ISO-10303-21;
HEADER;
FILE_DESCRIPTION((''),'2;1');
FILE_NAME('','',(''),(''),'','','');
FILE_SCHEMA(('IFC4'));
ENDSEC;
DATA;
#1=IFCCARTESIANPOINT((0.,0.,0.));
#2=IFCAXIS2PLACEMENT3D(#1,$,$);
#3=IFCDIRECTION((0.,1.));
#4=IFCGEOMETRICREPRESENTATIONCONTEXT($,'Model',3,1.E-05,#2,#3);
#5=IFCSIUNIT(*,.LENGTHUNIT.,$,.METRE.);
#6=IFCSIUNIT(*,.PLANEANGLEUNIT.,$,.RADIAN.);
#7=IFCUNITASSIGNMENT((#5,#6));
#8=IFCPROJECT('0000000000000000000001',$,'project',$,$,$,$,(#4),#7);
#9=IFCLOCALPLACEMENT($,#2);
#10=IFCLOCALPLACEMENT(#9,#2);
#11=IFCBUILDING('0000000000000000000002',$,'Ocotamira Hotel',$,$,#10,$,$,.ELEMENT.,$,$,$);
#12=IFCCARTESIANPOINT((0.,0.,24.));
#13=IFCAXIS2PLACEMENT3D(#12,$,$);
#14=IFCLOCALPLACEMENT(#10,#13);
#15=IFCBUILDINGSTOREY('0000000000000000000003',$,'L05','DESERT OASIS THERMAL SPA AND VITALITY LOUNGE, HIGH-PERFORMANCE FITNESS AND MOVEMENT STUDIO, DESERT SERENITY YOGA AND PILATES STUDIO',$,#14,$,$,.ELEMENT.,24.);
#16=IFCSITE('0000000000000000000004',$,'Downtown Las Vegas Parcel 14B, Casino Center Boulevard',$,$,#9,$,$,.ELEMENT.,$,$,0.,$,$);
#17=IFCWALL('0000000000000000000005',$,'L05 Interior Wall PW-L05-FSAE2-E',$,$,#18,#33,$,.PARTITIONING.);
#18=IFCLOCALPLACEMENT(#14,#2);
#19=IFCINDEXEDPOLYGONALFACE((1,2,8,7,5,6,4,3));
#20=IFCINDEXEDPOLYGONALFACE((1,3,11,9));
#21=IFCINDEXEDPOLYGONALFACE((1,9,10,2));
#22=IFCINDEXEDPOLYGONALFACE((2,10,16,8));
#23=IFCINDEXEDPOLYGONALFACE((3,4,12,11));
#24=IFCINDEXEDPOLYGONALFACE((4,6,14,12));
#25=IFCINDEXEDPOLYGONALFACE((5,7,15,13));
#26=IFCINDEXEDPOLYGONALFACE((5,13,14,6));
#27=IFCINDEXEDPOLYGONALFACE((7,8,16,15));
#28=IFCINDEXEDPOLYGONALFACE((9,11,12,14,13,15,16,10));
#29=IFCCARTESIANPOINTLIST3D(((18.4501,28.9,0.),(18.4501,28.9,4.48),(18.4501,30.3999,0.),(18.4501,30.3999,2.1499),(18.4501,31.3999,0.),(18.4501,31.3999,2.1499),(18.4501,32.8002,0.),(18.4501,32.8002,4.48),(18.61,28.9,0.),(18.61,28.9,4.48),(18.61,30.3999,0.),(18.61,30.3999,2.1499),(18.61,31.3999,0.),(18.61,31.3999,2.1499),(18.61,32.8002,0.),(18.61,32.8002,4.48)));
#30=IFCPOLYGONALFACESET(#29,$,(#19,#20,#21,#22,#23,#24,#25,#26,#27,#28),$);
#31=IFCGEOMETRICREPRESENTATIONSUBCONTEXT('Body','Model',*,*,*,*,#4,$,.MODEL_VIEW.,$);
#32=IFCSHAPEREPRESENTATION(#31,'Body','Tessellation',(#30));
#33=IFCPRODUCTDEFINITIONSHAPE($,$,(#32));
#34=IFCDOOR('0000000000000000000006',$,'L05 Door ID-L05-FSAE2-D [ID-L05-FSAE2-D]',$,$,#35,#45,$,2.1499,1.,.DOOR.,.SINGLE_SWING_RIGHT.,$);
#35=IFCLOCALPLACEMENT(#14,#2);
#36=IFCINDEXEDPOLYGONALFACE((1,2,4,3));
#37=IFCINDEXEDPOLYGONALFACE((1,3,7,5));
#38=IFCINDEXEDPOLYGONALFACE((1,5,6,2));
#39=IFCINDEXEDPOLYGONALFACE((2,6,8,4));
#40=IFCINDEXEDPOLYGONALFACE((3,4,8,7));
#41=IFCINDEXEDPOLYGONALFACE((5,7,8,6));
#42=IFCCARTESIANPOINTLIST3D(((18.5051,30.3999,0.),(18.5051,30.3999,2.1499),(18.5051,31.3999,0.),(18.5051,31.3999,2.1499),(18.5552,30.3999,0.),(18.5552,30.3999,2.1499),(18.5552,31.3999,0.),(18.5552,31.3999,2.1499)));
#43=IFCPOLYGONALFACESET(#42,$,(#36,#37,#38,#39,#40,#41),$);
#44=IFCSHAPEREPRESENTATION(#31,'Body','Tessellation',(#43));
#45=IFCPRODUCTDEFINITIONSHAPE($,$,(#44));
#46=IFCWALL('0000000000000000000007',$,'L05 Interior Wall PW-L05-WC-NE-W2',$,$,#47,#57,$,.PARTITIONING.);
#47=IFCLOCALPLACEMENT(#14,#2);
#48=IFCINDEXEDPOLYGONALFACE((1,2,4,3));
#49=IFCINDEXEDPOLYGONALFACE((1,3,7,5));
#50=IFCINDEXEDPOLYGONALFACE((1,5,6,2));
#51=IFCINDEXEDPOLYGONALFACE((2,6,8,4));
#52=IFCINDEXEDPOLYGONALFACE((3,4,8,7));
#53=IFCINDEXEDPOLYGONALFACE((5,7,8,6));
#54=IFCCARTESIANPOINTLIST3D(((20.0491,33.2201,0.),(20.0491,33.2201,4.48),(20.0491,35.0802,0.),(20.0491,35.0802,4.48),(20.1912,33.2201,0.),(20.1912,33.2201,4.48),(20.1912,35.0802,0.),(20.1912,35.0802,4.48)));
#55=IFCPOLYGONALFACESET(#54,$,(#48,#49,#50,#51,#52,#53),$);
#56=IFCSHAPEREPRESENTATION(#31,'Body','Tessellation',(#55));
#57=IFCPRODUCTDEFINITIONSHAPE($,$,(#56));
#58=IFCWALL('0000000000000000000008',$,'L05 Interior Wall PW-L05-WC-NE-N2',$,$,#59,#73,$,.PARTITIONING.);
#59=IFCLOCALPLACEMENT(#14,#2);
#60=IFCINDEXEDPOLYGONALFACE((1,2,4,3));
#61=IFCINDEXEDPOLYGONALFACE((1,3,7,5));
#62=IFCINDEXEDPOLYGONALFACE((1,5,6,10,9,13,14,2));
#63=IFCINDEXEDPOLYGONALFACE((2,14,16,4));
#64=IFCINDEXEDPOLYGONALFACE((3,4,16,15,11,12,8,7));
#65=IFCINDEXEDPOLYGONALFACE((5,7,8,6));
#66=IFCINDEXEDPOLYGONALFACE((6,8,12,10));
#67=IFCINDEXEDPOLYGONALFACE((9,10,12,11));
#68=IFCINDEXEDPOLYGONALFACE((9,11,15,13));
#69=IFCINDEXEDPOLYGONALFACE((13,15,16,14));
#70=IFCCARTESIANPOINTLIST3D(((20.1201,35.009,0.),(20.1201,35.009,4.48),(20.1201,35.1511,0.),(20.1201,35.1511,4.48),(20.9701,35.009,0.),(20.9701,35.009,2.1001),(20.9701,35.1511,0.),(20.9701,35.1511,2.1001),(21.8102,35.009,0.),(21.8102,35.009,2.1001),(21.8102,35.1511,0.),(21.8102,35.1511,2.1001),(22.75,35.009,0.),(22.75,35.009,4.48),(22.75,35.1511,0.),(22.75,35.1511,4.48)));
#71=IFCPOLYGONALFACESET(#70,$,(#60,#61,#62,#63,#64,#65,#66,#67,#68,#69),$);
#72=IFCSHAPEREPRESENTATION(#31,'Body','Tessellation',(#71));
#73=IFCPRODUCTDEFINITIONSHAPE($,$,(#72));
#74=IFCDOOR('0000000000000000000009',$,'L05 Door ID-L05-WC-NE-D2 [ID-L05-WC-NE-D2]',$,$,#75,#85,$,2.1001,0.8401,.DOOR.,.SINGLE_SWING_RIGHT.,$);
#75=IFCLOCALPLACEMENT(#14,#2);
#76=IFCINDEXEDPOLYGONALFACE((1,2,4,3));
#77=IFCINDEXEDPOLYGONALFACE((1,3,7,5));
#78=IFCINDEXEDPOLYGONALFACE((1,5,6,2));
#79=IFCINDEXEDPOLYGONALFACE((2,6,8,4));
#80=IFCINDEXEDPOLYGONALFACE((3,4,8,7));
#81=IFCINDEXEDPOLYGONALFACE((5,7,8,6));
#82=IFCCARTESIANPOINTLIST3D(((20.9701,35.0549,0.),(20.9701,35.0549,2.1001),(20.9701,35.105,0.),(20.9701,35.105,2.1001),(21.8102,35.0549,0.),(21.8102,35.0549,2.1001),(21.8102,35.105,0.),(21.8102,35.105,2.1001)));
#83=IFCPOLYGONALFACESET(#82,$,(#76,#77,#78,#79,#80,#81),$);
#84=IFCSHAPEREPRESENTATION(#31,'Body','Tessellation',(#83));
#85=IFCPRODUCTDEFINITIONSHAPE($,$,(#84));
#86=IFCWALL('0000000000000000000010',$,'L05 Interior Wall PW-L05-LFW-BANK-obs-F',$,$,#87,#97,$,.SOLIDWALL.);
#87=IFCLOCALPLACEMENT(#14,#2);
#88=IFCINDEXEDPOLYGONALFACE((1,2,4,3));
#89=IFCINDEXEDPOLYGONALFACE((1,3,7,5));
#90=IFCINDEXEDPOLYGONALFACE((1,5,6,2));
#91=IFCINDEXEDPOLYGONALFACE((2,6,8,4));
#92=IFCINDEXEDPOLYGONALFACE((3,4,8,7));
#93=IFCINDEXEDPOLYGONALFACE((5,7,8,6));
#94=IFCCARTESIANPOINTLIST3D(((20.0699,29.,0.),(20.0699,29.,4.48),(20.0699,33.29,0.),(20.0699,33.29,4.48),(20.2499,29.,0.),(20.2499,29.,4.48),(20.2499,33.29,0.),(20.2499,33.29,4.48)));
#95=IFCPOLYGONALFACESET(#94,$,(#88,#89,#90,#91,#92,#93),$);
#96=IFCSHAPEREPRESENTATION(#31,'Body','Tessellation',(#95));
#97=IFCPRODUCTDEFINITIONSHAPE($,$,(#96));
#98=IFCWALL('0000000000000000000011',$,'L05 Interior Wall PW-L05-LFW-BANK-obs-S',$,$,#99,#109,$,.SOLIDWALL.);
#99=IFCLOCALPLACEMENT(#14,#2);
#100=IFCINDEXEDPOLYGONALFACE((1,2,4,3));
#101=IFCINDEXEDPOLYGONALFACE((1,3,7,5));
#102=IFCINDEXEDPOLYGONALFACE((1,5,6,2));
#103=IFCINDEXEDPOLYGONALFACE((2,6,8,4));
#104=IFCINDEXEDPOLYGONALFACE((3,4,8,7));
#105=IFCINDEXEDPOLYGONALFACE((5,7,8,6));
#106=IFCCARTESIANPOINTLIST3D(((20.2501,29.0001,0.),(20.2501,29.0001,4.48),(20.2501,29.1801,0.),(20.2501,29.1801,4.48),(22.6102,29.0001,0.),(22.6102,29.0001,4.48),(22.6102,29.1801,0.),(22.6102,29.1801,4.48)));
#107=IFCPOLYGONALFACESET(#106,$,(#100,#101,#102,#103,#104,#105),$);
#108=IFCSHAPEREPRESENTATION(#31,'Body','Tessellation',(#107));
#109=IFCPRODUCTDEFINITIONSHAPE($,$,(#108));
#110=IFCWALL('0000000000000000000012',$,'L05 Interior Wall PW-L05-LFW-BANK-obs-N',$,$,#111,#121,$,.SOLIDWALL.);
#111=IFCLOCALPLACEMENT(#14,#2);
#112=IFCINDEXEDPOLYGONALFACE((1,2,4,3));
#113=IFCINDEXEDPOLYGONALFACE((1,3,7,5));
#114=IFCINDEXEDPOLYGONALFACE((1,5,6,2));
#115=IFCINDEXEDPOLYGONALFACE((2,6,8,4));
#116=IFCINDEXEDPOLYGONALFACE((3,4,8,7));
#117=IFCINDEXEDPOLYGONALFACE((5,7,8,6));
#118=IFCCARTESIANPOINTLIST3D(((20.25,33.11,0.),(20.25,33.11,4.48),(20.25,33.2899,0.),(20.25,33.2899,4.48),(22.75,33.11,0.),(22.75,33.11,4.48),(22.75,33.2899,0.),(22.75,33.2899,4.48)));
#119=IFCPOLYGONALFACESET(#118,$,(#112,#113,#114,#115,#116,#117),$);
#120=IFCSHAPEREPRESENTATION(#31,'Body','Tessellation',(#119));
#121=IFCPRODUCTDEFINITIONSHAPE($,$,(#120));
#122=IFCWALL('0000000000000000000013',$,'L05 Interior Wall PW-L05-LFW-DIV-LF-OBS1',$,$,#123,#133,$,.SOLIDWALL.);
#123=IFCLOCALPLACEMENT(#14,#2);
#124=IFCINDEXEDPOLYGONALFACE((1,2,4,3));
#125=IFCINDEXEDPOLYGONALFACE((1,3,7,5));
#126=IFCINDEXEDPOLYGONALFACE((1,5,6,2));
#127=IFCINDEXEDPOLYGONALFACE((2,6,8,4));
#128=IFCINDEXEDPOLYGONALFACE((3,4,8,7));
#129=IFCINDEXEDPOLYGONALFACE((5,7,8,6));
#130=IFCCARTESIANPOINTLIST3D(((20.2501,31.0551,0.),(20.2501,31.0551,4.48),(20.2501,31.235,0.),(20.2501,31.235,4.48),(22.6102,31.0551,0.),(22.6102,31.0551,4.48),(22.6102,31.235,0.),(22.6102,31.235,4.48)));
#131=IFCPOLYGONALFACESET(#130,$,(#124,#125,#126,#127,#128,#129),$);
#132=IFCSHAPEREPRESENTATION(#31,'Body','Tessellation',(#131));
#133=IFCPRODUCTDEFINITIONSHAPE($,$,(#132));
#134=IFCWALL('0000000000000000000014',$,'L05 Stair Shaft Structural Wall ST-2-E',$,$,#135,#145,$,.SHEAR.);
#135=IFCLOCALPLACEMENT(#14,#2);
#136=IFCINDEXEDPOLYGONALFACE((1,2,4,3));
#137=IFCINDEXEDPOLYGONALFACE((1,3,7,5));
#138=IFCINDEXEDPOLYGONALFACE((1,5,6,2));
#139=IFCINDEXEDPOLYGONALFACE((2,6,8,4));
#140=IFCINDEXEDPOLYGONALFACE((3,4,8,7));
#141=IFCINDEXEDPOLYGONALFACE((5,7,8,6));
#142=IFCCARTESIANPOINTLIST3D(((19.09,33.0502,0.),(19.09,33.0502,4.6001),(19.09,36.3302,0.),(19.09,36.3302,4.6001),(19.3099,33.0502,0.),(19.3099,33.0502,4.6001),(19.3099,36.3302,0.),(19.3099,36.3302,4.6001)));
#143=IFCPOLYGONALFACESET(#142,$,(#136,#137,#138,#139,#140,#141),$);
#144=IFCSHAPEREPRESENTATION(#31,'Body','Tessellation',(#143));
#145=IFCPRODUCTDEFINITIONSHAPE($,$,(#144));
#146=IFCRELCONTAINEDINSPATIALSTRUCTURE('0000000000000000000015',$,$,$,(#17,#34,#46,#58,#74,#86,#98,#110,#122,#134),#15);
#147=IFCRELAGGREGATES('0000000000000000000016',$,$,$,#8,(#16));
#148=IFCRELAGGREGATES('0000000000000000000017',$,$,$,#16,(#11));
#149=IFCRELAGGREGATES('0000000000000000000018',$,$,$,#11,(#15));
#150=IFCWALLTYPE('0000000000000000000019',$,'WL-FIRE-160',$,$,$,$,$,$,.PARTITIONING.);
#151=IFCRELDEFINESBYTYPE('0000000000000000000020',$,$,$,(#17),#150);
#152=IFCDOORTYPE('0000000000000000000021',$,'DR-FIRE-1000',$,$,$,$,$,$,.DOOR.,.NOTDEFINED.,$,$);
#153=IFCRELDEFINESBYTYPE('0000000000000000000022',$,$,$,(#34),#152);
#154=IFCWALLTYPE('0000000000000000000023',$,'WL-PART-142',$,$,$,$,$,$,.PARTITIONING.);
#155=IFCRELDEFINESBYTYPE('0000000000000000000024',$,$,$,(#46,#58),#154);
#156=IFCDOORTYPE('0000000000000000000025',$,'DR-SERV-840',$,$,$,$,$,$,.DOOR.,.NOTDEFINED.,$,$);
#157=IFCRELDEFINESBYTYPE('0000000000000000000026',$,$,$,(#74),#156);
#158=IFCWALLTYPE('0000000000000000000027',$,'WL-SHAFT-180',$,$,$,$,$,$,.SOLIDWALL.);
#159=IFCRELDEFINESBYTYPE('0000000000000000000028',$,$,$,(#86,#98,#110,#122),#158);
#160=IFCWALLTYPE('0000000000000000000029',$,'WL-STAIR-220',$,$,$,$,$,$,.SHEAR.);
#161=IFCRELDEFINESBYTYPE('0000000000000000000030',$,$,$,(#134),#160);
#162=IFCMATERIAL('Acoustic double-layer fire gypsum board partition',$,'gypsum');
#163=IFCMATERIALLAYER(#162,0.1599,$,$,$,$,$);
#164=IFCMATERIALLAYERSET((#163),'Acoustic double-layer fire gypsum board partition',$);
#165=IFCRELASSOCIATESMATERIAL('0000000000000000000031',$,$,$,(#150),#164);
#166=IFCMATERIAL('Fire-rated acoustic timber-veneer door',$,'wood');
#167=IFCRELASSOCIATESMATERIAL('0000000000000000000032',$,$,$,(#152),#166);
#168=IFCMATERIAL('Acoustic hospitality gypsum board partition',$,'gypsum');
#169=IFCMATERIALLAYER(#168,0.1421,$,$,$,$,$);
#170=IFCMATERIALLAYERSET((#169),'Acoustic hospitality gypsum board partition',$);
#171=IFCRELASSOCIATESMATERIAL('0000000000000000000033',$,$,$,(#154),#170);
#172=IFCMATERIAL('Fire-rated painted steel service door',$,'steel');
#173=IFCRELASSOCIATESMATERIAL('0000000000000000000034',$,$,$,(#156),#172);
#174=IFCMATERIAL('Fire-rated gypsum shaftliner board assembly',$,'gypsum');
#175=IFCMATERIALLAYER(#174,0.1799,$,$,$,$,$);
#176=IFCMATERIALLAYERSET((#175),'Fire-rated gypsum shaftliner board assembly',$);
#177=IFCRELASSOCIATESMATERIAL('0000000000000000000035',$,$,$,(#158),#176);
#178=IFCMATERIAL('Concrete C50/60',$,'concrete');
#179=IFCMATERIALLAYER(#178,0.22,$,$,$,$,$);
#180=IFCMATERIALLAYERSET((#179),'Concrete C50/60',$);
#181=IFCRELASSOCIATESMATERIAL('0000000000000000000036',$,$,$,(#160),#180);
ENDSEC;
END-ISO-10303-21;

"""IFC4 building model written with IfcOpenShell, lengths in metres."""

from ifc_helpers import new_model, si_unit, direction, frame, frame_2d, origin, place, context, subcontext, project, spatial, rectangle, extrude, source, transform, mapped, material, layer, layer_set, type_object, element, fill, save


model = new_model("IFC4")

# Units and contexts
model_context = context("Model", 3, precision=1e-05, world=origin(), true_north=direction((0.0, 1.0)))
body_context = subcontext(model_context, "Body", "Model", "MODEL_VIEW")
ifc_project = project(units=[si_unit("LENGTHUNIT", "METRE"), si_unit("PLANEANGLEUNIT", "RADIAN")], contexts=[model_context])

# Site, building, storey
site_placement = place(None, origin())
site = spatial("IfcSite", under=ifc_project, at=site_placement, Name="Downtown Las Vegas Parcel 14B, Casino Center Boulevard", CompositionType="ELEMENT", RefElevation=0.0)
building_placement = place(site_placement, origin())
building = spatial("IfcBuilding", under=site, at=building_placement, Name="Ocotamira Hotel", CompositionType="ELEMENT")
storey_placement = place(building_placement, frame((0.0, 0.0, 24.0)))
storey = spatial("IfcBuildingStorey", under=building, at=storey_placement, Name="L05", Description="DESERT OASIS THERMAL SPA AND VITALITY LOUNGE, HIGH-PERFORMANCE FITNESS AND MOVEMENT STUDIO, DESERT SERENITY YOGA AND PILATES STUDIO", CompositionType="ELEMENT", Elevation=24.0)

# Wall, opening, door
ifc_material_1 = material(Name="Acoustic double-layer fire gypsum board partition", Category="gypsum")
ifc_layer_1 = layer(ifc_material_1, 0.1599)
ifc_layer_set_1 = layer_set([ifc_layer_1], Name="Acoustic double-layer fire gypsum board partition")
wall_type_1 = type_object("IfcWallType", Name="WL-FIRE-160", PredefinedType="PARTITIONING", material=ifc_layer_set_1)
wall_1_placement = place(storey_placement, frame((18.53, 28.8999, 0.0), z_axis=(0.0, 0.0, 1.0), x_axis=(0.0, 1.0, 0.0)))
wall_1 = element("IfcWall", 1, at=wall_1_placement, inside=storey, type_object=wall_type_1, Name="L05 Interior Wall PW-L05-FSAE2-E", PredefinedType="PARTITIONING", context=body_context, shape_type="SweptSolid", body=[
    extrude(rectangle(XDim=3.9001, YDim=0.1599, at=frame_2d((1.9502, 0.0))), origin(), (0.0, 0.0, 1.0), 4.48),
])
opening_1_placement = place(wall_1_placement, frame((1.5, 0.0, 0.0)))
opening_1 = element("IfcOpeningElement", 2, at=opening_1_placement, cuts=wall_1, PredefinedType="OPENING", context=body_context, shape_type="SweptSolid", body=[
    extrude(rectangle(XDim=1.0, YDim=2.1499, at=frame_2d((0.5, 1.075))), frame((0.0, 0.0898, 0.0), z_axis=(0.0, -1.0, 0.0), x_axis=(1.0, 0.0, 0.0)), (0.0, 0.0, 1.0), 0.1799),
])
ifc_material_2 = material(Name="Fire-rated acoustic timber-veneer door", Category="wood")
door_type_1 = type_object("IfcDoorType", Name="DR-FIRE-1000", OperationType="NOTDEFINED", PredefinedType="DOOR", material=ifc_material_2)
shared_shape_1 = source(origin(), body_context, "Body", "SweptSolid", [
    extrude(rectangle(XDim=1.0, YDim=2.1499, at=frame_2d((0.5, 1.075))), frame((0.0, 0.0249, 0.0), z_axis=(0.0, -1.0, 0.0), x_axis=(1.0, 0.0, 0.0)), (0.0, 0.0, 1.0), 0.05),
])
door_1_placement = place(opening_1_placement, origin())
door_1 = element("IfcDoor", 3, at=door_1_placement, inside=storey, type_object=door_type_1, Name="L05 Door ID-L05-FSAE2-D [ID-L05-FSAE2-D]", OperationType="SINGLE_SWING_RIGHT", OverallHeight=2.1499, OverallWidth=1.0, PredefinedType="DOOR", context=body_context, shape_type="MappedRepresentation", body=[
    mapped(shared_shape_1, transform((0.0, 0.0, 0.0), scale=1.0)),
])
fill(opening_1, door_1)

# Wall
ifc_material_3 = material(Name="Acoustic hospitality gypsum board partition", Category="gypsum")
ifc_layer_2 = layer(ifc_material_3, 0.1421)
ifc_layer_set_2 = layer_set([ifc_layer_2], Name="Acoustic hospitality gypsum board partition")
wall_type_2 = type_object("IfcWallType", Name="WL-PART-142", PredefinedType="PARTITIONING", material=ifc_layer_set_2)
wall_2_placement = place(storey_placement, frame((20.1201, 33.22, 0.0), z_axis=(0.0, 0.0, 1.0), x_axis=(0.0, 1.0, 0.0)))
element("IfcWall", 4, at=wall_2_placement, inside=storey, type_object=wall_type_2, Name="L05 Interior Wall PW-L05-WC-NE-W2", PredefinedType="PARTITIONING", context=body_context, shape_type="SweptSolid", body=[
    extrude(rectangle(XDim=1.8601, YDim=0.1421, at=frame_2d((0.9302, 0.0))), origin(), (0.0, 0.0, 1.0), 4.48),
])

# Wall, opening, door
wall_3_placement = place(storey_placement, frame((20.1201, 35.0801, 0.0), z_axis=(0.0, 0.0, 1.0), x_axis=(1.0, 0.0, 0.0)))
wall_3 = element("IfcWall", 5, at=wall_3_placement, inside=storey, type_object=wall_type_2, Name="L05 Interior Wall PW-L05-WC-NE-N2", PredefinedType="PARTITIONING", context=body_context, shape_type="SweptSolid", body=[
    extrude(rectangle(XDim=2.6299, YDim=0.1421, at=frame_2d((1.3149, 0.0))), origin(), (0.0, 0.0, 1.0), 4.48),
])
opening_2_placement = place(wall_3_placement, frame((0.8501, 0.0, 0.0)))
opening_2 = element("IfcOpeningElement", 6, at=opening_2_placement, cuts=wall_3, PredefinedType="OPENING", context=body_context, shape_type="SweptSolid", body=[
    extrude(rectangle(XDim=0.8401, YDim=2.1001, at=frame_2d((0.4199, 1.05))), frame((0.0, 0.0811, 0.0), z_axis=(0.0, -1.0, 0.0), x_axis=(1.0, 0.0, 0.0)), (0.0, 0.0, 1.0), 0.1621),
])
ifc_material_4 = material(Name="Fire-rated painted steel service door", Category="steel")
door_type_2 = type_object("IfcDoorType", Name="DR-SERV-840", OperationType="NOTDEFINED", PredefinedType="DOOR", material=ifc_material_4)
shared_shape_2 = source(origin(), body_context, "Body", "SweptSolid", [
    extrude(rectangle(XDim=0.8401, YDim=2.1001, at=frame_2d((0.4199, 1.05))), frame((0.0, 0.0249, 0.0), z_axis=(0.0, -1.0, 0.0), x_axis=(1.0, 0.0, 0.0)), (0.0, 0.0, 1.0), 0.05),
])
door_2_placement = place(opening_2_placement, origin())
door_2 = element("IfcDoor", 7, at=door_2_placement, inside=storey, type_object=door_type_2, Name="L05 Door ID-L05-WC-NE-D2 [ID-L05-WC-NE-D2]", OperationType="SINGLE_SWING_RIGHT", OverallHeight=2.1001, OverallWidth=0.8401, PredefinedType="DOOR", context=body_context, shape_type="MappedRepresentation", body=[
    mapped(shared_shape_2, transform((0.0, 0.0, 0.0), scale=1.0)),
])
fill(opening_2, door_2)

# Walls
ifc_material_5 = material(Name="Fire-rated gypsum shaftliner board assembly", Category="gypsum")
ifc_layer_3 = layer(ifc_material_5, 0.1799)
ifc_layer_set_3 = layer_set([ifc_layer_3], Name="Fire-rated gypsum shaftliner board assembly")
wall_type_3 = type_object("IfcWallType", Name="WL-SHAFT-180", PredefinedType="SOLIDWALL", material=ifc_layer_set_3)
wall_4_placement = place(storey_placement, frame((20.1599, 29.0, 0.0), z_axis=(0.0, 0.0, 1.0), x_axis=(0.0, 1.0, 0.0)))
element("IfcWall", 8, at=wall_4_placement, inside=storey, type_object=wall_type_3, Name="L05 Interior Wall PW-L05-LFW-BANK-obs-F", PredefinedType="SOLIDWALL", context=body_context, shape_type="SweptSolid", body=[
    extrude(rectangle(XDim=4.29, YDim=0.1799, at=frame_2d((2.145, 0.0))), origin(), (0.0, 0.0, 1.0), 4.48),
])
wall_5_placement = place(storey_placement, frame((20.25, 29.0901, 0.0), z_axis=(0.0, 0.0, 1.0), x_axis=(1.0, 0.0, 0.0)))
element("IfcWall", 9, at=wall_5_placement, inside=storey, type_object=wall_type_3, Name="L05 Interior Wall PW-L05-LFW-BANK-obs-S", PredefinedType="SOLIDWALL", context=body_context, shape_type="SweptSolid", body=[
    extrude(rectangle(XDim=2.3601, YDim=0.1799, at=frame_2d((1.1802, 0.0))), origin(), (0.0, 0.0, 1.0), 4.48),
])
wall_6_placement = place(storey_placement, frame((20.25, 33.2, 0.0), z_axis=(0.0, 0.0, 1.0), x_axis=(1.0, 0.0, 0.0)))
element("IfcWall", 10, at=wall_6_placement, inside=storey, type_object=wall_type_3, Name="L05 Interior Wall PW-L05-LFW-BANK-obs-N", PredefinedType="SOLIDWALL", context=body_context, shape_type="SweptSolid", body=[
    extrude(rectangle(XDim=2.5, YDim=0.1799, at=frame_2d((1.25, 0.0))), origin(), (0.0, 0.0, 1.0), 4.48),
])
wall_7_placement = place(storey_placement, frame((20.25, 31.145, 0.0), z_axis=(0.0, 0.0, 1.0), x_axis=(1.0, 0.0, 0.0)))
element("IfcWall", 11, at=wall_7_placement, inside=storey, type_object=wall_type_3, Name="L05 Interior Wall PW-L05-LFW-DIV-LF-OBS1", PredefinedType="SOLIDWALL", context=body_context, shape_type="SweptSolid", body=[
    extrude(rectangle(XDim=2.3601, YDim=0.1799, at=frame_2d((1.1802, 0.0))), origin(), (0.0, 0.0, 1.0), 4.48),
])
ifc_material_6 = material(Name="Concrete C50/60", Category="concrete")
ifc_layer_4 = layer(ifc_material_6, 0.22)
ifc_layer_set_4 = layer_set([ifc_layer_4], Name="Concrete C50/60")
wall_type_4 = type_object("IfcWallType", Name="WL-STAIR-220", PredefinedType="SHEAR", material=ifc_layer_set_4)
wall_8_placement = place(storey_placement, frame((19.2, 33.05, 0.0), z_axis=(0.0, 0.0, 1.0), x_axis=(0.0, 1.0, 0.0)))
element("IfcWall", 12, at=wall_8_placement, inside=storey, type_object=wall_type_4, Name="L05 Stair Shaft Structural Wall ST-2-E", PredefinedType="SHEAR", context=body_context, shape_type="SweptSolid", body=[
    extrude(rectangle(XDim=3.28, YDim=0.22, at=frame_2d((1.6401, 0.0))), origin(), (0.0, 0.0, 1.0), 4.6001),
])

save(model, "model.ifc")
